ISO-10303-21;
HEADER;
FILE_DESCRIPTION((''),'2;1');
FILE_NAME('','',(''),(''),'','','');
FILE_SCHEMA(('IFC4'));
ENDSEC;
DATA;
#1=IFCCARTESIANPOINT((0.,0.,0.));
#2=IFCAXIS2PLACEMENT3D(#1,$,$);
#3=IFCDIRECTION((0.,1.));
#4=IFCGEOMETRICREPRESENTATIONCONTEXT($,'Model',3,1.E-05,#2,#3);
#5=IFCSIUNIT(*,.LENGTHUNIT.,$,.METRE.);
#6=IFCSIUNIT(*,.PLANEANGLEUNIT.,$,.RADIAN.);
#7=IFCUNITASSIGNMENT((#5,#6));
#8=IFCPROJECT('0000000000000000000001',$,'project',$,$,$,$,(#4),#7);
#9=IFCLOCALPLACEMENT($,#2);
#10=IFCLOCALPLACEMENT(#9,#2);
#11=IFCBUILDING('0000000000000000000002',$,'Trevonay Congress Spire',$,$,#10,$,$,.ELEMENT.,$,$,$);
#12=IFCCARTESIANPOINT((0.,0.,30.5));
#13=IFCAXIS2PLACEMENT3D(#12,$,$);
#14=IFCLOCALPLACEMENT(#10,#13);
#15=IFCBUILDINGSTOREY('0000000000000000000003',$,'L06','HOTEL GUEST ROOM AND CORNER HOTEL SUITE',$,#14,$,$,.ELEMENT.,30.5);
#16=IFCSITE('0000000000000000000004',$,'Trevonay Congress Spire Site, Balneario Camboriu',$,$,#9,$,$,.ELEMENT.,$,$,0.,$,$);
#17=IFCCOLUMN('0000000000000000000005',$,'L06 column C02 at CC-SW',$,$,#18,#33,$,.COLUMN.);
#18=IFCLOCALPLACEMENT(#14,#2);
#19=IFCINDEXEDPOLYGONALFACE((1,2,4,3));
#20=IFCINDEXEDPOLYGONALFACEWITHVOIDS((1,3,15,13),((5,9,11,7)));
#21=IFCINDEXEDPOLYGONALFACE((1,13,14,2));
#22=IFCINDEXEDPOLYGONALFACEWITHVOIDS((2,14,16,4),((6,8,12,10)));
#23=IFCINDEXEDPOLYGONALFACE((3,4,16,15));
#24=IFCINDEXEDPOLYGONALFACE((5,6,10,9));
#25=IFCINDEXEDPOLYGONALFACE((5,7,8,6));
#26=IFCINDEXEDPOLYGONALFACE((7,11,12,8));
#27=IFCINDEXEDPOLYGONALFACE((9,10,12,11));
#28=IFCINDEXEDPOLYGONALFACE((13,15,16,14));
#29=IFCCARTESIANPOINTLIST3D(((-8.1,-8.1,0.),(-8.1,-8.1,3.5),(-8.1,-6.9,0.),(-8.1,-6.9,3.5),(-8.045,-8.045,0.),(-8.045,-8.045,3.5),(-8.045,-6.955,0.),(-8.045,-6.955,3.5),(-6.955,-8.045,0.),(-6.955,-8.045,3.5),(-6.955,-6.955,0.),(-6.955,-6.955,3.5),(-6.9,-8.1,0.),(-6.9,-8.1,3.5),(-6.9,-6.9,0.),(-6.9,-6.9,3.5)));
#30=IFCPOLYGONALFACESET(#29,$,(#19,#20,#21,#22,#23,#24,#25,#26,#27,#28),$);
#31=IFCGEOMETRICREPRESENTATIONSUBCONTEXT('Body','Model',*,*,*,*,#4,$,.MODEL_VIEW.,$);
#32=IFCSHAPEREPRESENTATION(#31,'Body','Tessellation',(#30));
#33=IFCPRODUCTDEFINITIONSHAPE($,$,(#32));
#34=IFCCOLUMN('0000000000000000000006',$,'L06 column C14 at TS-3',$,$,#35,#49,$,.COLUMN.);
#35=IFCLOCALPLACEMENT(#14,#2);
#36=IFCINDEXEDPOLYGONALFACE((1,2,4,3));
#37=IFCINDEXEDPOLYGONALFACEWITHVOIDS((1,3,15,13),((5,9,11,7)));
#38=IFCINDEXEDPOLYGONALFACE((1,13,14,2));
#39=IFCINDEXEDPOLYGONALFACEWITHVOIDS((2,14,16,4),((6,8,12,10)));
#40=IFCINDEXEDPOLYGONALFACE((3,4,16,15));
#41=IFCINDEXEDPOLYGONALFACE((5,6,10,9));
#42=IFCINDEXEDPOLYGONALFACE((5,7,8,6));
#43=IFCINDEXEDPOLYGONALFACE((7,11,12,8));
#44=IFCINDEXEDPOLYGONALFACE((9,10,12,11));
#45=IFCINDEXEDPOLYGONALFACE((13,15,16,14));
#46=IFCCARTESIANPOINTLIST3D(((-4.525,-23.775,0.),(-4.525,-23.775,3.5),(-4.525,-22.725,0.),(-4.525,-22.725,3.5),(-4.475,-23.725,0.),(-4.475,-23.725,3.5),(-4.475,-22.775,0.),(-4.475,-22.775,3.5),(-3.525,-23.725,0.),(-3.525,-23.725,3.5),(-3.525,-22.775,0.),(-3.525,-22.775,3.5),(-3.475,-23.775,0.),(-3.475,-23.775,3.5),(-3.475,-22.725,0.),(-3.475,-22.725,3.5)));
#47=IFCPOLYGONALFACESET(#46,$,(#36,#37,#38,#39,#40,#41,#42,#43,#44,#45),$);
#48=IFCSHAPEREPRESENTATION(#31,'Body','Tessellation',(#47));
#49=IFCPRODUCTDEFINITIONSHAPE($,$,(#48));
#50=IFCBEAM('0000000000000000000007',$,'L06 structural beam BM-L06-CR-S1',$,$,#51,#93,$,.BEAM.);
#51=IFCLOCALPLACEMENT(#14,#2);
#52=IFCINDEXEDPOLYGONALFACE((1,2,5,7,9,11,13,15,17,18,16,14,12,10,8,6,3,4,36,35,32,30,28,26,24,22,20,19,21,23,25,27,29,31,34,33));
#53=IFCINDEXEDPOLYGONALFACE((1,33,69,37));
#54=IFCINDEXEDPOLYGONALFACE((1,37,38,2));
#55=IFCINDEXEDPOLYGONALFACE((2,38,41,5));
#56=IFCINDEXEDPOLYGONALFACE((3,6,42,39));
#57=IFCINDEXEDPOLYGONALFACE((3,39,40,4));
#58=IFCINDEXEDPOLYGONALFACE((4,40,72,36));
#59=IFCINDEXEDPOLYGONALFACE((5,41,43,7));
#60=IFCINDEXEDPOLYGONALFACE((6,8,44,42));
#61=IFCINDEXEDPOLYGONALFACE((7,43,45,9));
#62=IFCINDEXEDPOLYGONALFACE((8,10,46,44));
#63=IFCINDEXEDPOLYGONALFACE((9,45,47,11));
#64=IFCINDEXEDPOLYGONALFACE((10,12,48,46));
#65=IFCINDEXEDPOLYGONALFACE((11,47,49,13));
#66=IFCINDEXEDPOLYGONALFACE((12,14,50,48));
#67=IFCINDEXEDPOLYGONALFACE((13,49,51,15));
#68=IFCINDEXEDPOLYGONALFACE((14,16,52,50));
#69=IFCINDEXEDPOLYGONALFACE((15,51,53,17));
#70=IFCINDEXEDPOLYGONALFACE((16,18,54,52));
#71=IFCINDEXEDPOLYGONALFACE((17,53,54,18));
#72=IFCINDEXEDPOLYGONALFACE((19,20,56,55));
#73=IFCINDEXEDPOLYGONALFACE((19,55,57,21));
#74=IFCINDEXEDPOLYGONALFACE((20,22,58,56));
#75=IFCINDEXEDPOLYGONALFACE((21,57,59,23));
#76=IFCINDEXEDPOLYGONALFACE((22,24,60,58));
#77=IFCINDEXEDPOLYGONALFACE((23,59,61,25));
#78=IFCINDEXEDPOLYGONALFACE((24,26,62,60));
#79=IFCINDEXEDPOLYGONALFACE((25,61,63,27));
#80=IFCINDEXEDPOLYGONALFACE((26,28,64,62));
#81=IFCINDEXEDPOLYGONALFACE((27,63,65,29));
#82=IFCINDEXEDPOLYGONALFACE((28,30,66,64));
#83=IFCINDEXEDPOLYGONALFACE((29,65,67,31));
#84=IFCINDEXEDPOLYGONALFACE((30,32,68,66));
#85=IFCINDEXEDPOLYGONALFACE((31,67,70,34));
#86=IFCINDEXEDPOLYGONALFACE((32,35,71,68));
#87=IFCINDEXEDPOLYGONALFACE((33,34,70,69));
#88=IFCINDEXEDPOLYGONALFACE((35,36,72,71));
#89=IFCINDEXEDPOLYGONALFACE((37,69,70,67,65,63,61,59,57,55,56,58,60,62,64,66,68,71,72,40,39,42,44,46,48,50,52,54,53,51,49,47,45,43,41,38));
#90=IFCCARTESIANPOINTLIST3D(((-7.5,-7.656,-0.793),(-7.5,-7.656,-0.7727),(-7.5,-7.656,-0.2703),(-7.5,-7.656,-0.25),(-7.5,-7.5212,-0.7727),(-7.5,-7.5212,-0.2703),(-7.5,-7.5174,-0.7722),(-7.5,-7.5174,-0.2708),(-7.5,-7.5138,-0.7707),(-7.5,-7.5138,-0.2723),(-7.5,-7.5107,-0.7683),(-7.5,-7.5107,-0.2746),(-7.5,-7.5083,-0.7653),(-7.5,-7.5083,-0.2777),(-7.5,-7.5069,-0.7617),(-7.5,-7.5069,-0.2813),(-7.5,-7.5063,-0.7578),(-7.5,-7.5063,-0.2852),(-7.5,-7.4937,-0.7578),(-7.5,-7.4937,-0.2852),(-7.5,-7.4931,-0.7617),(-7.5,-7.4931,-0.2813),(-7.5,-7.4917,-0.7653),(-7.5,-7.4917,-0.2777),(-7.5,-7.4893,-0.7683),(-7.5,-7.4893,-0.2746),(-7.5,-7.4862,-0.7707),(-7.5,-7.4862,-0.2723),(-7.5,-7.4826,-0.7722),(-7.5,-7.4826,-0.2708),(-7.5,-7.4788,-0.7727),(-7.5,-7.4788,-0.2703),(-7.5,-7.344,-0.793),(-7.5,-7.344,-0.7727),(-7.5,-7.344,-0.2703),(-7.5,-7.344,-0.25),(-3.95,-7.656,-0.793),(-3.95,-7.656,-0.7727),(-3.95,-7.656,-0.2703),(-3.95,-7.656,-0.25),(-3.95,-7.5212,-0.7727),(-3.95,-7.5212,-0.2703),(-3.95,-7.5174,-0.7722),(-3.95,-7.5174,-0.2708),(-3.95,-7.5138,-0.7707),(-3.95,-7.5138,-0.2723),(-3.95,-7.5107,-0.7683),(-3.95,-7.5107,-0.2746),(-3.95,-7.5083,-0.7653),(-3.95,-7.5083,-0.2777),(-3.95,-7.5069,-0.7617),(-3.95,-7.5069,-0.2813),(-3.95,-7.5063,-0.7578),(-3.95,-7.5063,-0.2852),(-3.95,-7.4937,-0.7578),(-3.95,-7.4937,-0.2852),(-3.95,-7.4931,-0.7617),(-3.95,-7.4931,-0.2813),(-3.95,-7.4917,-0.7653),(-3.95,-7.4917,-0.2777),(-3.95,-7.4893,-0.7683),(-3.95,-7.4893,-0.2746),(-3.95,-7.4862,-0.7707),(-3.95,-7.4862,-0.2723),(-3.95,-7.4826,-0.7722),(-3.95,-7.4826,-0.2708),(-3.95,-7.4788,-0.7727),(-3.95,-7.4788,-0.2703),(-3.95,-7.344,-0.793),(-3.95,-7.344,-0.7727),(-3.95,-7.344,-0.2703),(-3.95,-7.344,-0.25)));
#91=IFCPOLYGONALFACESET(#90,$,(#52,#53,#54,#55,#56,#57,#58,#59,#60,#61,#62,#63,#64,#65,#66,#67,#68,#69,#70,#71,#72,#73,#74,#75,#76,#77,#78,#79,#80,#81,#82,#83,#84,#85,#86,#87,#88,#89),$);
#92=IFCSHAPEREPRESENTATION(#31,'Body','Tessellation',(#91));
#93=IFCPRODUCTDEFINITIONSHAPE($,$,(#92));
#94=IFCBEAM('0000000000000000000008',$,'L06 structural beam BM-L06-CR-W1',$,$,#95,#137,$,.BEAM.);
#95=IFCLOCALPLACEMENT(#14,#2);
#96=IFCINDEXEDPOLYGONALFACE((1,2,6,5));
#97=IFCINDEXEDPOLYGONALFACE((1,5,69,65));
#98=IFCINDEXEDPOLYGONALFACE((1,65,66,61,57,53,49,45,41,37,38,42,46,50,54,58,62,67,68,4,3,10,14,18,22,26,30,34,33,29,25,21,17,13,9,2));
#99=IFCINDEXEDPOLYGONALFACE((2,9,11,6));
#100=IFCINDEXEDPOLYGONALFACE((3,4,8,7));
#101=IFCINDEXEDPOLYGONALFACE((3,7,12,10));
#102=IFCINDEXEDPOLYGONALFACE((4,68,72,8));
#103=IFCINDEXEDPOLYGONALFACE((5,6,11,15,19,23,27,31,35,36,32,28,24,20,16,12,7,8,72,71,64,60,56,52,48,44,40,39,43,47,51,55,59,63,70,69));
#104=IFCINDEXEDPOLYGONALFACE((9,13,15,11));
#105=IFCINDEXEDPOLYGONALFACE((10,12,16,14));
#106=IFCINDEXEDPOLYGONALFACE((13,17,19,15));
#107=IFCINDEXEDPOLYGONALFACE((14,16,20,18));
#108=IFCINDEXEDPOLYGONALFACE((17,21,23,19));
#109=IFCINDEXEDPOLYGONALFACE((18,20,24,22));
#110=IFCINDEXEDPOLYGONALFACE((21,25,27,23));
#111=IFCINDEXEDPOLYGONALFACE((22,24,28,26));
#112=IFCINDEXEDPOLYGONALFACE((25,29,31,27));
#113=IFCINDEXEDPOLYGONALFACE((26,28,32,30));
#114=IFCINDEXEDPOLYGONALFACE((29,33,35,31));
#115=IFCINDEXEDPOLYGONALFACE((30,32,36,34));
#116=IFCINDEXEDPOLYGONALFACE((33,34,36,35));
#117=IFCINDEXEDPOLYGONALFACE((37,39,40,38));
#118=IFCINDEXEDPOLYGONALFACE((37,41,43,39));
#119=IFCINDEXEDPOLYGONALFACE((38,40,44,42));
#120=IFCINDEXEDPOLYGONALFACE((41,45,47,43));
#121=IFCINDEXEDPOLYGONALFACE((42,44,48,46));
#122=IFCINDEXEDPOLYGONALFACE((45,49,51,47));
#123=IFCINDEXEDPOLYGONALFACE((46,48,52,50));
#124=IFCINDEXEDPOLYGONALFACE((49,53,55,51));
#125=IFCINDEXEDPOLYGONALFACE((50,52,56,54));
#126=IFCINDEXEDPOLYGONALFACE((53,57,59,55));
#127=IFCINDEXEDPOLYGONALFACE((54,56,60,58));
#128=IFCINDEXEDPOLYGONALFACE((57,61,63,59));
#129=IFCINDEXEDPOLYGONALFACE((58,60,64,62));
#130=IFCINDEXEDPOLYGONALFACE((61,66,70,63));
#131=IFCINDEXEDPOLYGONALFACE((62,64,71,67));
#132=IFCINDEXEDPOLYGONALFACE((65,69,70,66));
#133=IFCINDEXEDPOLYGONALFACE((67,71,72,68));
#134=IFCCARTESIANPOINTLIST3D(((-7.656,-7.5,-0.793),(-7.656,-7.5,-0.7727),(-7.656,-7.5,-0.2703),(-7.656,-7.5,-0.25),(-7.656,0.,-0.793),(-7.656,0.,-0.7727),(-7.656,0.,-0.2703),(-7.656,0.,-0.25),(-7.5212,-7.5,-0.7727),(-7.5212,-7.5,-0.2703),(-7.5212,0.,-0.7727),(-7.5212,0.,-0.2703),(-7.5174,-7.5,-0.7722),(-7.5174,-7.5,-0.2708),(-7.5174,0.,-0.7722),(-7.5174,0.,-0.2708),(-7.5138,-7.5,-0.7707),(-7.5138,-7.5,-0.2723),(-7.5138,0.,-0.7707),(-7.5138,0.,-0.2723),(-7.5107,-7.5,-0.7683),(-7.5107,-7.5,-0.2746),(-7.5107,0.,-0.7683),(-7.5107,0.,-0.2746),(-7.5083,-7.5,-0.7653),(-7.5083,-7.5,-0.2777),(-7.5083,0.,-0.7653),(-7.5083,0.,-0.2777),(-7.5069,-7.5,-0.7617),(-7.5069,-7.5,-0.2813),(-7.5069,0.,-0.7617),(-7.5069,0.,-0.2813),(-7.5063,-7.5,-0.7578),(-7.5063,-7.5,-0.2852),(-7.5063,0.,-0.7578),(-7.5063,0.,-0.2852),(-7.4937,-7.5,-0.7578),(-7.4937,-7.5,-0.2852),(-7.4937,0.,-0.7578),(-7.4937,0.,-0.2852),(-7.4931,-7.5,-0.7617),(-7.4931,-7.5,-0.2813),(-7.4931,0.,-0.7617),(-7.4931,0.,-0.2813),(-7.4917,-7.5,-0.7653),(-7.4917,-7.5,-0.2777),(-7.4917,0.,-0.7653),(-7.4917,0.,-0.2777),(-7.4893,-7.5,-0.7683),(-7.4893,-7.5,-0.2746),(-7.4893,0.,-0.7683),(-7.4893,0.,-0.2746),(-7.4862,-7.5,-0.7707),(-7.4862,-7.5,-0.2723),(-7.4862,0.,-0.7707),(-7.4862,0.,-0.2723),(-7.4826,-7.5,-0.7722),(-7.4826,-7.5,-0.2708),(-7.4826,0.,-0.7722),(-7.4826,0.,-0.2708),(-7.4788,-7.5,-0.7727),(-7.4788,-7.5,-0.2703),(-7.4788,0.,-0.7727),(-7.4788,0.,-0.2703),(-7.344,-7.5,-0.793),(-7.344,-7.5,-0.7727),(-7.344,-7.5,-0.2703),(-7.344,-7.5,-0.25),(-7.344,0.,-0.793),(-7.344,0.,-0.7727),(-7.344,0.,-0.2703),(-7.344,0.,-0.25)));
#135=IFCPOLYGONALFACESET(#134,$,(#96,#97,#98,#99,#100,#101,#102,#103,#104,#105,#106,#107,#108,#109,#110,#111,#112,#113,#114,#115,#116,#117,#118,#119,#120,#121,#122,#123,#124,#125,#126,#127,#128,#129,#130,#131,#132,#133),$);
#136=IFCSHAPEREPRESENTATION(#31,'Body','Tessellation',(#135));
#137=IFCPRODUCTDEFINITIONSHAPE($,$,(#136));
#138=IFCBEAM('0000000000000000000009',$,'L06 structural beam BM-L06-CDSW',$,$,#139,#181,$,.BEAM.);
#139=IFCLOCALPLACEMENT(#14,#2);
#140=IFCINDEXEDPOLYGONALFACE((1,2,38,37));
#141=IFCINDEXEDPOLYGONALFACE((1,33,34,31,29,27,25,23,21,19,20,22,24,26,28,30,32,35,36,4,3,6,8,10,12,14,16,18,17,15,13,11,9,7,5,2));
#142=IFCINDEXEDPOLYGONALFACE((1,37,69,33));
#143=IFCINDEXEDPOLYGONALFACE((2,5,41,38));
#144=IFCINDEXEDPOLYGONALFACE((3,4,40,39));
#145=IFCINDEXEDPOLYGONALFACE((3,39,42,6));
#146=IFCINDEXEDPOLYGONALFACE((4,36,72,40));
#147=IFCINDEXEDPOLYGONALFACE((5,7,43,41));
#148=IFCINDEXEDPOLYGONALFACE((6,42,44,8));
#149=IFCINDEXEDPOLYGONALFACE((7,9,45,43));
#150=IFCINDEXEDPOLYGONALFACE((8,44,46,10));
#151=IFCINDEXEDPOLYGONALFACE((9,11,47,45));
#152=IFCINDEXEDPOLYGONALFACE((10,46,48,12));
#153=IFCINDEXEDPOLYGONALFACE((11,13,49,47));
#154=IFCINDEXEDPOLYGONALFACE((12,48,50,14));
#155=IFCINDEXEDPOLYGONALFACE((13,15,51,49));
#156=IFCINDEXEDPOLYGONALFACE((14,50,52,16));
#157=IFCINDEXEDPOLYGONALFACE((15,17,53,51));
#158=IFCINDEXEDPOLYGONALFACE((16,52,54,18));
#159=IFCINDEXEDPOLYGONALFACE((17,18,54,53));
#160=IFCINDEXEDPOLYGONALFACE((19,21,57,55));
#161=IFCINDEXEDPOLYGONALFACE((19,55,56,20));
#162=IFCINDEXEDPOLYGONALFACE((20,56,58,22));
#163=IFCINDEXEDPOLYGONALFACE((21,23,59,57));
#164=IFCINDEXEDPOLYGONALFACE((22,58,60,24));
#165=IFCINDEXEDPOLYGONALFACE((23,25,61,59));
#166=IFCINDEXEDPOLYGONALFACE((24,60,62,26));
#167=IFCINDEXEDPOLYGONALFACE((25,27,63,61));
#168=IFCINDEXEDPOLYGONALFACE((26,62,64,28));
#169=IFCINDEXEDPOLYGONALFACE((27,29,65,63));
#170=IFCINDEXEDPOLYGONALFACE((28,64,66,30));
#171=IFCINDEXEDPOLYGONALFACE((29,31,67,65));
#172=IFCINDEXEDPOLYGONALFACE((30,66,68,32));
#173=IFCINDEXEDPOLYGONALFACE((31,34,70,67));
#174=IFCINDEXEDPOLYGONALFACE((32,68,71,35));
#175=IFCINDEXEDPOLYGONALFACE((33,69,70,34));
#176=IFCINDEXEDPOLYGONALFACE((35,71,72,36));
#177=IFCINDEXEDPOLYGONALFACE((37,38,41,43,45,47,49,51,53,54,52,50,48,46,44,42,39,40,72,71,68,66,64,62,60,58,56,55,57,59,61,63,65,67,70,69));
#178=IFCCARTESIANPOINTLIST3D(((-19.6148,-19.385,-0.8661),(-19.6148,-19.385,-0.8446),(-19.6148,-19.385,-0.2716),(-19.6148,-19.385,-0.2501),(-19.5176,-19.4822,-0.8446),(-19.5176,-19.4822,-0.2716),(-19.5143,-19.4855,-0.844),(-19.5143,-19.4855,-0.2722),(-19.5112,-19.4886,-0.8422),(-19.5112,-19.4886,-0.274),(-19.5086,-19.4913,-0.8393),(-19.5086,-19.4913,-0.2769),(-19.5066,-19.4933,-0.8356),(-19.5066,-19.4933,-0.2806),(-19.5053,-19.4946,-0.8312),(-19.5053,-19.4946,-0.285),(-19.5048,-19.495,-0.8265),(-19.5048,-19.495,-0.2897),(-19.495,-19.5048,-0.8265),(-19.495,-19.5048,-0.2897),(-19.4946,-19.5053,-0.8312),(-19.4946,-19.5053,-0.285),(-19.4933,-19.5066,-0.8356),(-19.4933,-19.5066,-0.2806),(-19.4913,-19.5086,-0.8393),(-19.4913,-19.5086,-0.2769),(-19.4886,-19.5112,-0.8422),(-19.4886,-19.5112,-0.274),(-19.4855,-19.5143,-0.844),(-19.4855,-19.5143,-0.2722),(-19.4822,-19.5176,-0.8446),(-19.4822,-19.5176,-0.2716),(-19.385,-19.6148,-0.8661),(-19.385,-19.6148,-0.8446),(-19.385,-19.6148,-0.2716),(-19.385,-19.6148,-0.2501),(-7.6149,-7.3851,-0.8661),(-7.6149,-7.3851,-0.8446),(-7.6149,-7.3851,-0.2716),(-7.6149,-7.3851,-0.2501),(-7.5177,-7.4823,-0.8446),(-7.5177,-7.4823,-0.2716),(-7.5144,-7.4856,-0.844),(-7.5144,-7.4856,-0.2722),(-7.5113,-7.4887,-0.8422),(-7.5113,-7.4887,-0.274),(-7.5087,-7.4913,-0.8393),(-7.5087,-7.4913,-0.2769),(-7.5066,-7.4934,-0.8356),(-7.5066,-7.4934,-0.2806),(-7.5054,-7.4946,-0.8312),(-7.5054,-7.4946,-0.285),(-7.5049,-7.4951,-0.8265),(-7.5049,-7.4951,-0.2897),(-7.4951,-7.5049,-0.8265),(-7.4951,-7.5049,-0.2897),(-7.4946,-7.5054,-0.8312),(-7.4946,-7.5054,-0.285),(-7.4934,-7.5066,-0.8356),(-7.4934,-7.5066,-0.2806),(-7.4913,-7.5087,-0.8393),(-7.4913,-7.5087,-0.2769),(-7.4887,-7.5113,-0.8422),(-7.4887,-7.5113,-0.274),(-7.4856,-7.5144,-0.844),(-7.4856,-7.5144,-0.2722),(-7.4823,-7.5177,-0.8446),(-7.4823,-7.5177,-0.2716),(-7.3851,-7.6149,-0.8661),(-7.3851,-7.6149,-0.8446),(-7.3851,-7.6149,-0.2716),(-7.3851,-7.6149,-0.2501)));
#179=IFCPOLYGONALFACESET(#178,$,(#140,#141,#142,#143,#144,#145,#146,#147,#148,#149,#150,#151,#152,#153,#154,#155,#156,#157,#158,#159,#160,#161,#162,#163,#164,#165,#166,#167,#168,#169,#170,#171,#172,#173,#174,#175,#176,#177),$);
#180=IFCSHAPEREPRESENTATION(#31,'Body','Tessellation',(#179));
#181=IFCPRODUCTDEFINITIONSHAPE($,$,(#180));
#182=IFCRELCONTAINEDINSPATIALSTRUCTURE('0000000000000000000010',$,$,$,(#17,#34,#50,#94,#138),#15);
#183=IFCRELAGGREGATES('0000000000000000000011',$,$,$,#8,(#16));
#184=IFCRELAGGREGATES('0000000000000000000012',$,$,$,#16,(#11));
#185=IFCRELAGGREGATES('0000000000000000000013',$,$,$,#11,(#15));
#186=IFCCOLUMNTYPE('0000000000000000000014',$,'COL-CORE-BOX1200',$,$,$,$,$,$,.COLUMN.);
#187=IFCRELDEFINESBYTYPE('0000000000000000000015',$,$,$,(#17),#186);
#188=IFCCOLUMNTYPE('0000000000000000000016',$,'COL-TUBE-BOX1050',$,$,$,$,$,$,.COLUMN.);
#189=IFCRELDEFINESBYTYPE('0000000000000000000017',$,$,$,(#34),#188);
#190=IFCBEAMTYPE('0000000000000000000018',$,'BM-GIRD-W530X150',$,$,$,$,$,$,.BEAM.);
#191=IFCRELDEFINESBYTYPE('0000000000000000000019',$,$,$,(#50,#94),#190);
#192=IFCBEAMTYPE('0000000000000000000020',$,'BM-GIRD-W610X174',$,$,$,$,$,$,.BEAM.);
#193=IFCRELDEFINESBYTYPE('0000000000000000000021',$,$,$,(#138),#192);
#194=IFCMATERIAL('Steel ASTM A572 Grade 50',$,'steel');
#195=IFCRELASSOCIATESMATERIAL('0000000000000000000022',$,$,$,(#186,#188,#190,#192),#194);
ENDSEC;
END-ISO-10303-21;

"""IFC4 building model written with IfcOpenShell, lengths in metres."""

from ifc_helpers import new_model, si_unit, direction, frame, origin, origin_2d, place, context, subcontext, project, spatial, hollow_rectangle, i_section, extrude, material, material_profile, profile_set, type_object, element, save


model = new_model("IFC4")

# Units and contexts
model_context = context("Model", 3, precision=1e-05, world=origin(), true_north=direction((0.0, 1.0)))
body_context = subcontext(model_context, "Body", "Model", "MODEL_VIEW")
ifc_project = project(units=[si_unit("LENGTHUNIT", "METRE"), si_unit("PLANEANGLEUNIT", "RADIAN")], contexts=[model_context])

# Site, building, storey
site_placement = place(None, origin())
site = spatial("IfcSite", under=ifc_project, at=site_placement, Name="Trevonay Congress Spire Site, Balneario Camboriu", CompositionType="ELEMENT", RefElevation=0.0)
building_placement = place(site_placement, origin())
building = spatial("IfcBuilding", under=site, at=building_placement, Name="Trevonay Congress Spire", CompositionType="ELEMENT")
storey_placement = place(building_placement, frame((0.0, 0.0, 30.5)))
storey = spatial("IfcBuildingStorey", under=building, at=storey_placement, Name="L06", Description="HOTEL GUEST ROOM AND CORNER HOTEL SUITE", CompositionType="ELEMENT", Elevation=30.5)

# Columns
ifc_material_1 = material(Name="Steel ASTM A572 Grade 50", Category="steel")
ifc_material_profile_1 = material_profile(ifc_material_1, hollow_rectangle(XDim=1.2, YDim=1.2, WallThickness=0.0549, at=origin_2d()), Name="BOX 1200x1200x55")
ifc_profile_set_1 = profile_set([ifc_material_profile_1], Name="Steel ASTM A572 Grade 50")
column_type_1 = type_object("IfcColumnType", Name="COL-CORE-BOX1200", PredefinedType="COLUMN", material=ifc_profile_set_1)
column_1_placement = place(storey_placement, frame((-7.5, -7.5, 0.0), z_axis=(0.0, 0.0, 1.0), x_axis=(1.0, 0.0, 0.0)))
element("IfcColumn", 1, at=column_1_placement, inside=storey, type_object=column_type_1, Name="L06 column C02 at CC-SW", PredefinedType="COLUMN", context=body_context, shape_type="SweptSolid", body=[
    extrude(hollow_rectangle(XDim=1.2, YDim=1.2, WallThickness=0.0549, at=origin_2d()), origin(), (0.0, 0.0, 1.0), 3.5),
])
ifc_material_profile_2 = material_profile(ifc_material_1, hollow_rectangle(XDim=1.05, YDim=1.05, WallThickness=0.05, at=origin_2d()), Name="BOX 1050x1050x50")
ifc_profile_set_2 = profile_set([ifc_material_profile_2], Name="Steel ASTM A572 Grade 50")
column_type_2 = type_object("IfcColumnType", Name="COL-TUBE-BOX1050", PredefinedType="COLUMN", material=ifc_profile_set_2)
column_2_placement = place(storey_placement, frame((-4.0, -23.25, 0.0), z_axis=(0.0, 0.0, 1.0), x_axis=(1.0, 0.0, 0.0)))
element("IfcColumn", 2, at=column_2_placement, inside=storey, type_object=column_type_2, Name="L06 column C14 at TS-3", PredefinedType="COLUMN", context=body_context, shape_type="SweptSolid", body=[
    extrude(hollow_rectangle(XDim=1.05, YDim=1.05, WallThickness=0.05, at=origin_2d()), origin(), (0.0, 0.0, 1.0), 3.5),
])

# Beams
ifc_material_profile_3 = material_profile(ifc_material_1, i_section(OverallWidth=0.312, OverallDepth=0.543, WebThickness=0.0127, FlangeThickness=0.0203, FilletRadius=0.0149, at=origin_2d()), Name="W530x150")
ifc_profile_set_3 = profile_set([ifc_material_profile_3], Name="Steel ASTM A572 Grade 50")
beam_type_1 = type_object("IfcBeamType", Name="BM-GIRD-W530X150", PredefinedType="BEAM", material=ifc_profile_set_3)
beam_1_placement = place(storey_placement, frame((-7.5, -7.5, -0.5215), z_axis=(1.0, 0.0, 0.0), x_axis=(0.0, 1.0, 0.0)))
element("IfcBeam", 3, at=beam_1_placement, inside=storey, type_object=beam_type_1, Name="L06 structural beam BM-L06-CR-S1", PredefinedType="BEAM", context=body_context, shape_type="SweptSolid", body=[
    extrude(i_section(OverallWidth=0.312, OverallDepth=0.543, WebThickness=0.0127, FlangeThickness=0.0203, FilletRadius=0.0149, at=origin_2d()), origin(), (0.0, 0.0, 1.0), 3.55),
])
beam_2_placement = place(storey_placement, frame((-7.5, -7.5, -0.5215), z_axis=(0.0, 1.0, 0.0), x_axis=(-1.0, 0.0, 0.0)))
element("IfcBeam", 4, at=beam_2_placement, inside=storey, type_object=beam_type_1, Name="L06 structural beam BM-L06-CR-W1", PredefinedType="BEAM", context=body_context, shape_type="SweptSolid", body=[
    extrude(i_section(OverallWidth=0.312, OverallDepth=0.543, WebThickness=0.0127, FlangeThickness=0.0203, FilletRadius=0.0149, at=origin_2d()), origin(), (0.0, 0.0, 1.0), 7.5),
])
ifc_material_profile_4 = material_profile(ifc_material_1, i_section(OverallWidth=0.325, OverallDepth=0.616, WebThickness=0.0139, FlangeThickness=0.0215, FilletRadius=0.0181, at=origin_2d()), Name="W610x174")
ifc_profile_set_4 = profile_set([ifc_material_profile_4], Name="Steel ASTM A572 Grade 50")
beam_type_2 = type_object("IfcBeamType", Name="BM-GIRD-W610X174", PredefinedType="BEAM", material=ifc_profile_set_4)
beam_3_placement = place(storey_placement, frame((-7.5, -7.5, -0.5581), z_axis=(-0.707107, -0.707107, 0.0), x_axis=(0.707107, -0.707107, 0.0)))
element("IfcBeam", 5, at=beam_3_placement, inside=storey, type_object=beam_type_2, Name="L06 structural beam BM-L06-CDSW", PredefinedType="BEAM", context=body_context, shape_type="SweptSolid", body=[
    extrude(i_section(OverallWidth=0.325, OverallDepth=0.616, WebThickness=0.0139, FlangeThickness=0.0215, FilletRadius=0.0181, at=origin_2d()), origin(), (0.0, 0.0, 1.0), 16.9705),
])

save(model, "model.ifc")
